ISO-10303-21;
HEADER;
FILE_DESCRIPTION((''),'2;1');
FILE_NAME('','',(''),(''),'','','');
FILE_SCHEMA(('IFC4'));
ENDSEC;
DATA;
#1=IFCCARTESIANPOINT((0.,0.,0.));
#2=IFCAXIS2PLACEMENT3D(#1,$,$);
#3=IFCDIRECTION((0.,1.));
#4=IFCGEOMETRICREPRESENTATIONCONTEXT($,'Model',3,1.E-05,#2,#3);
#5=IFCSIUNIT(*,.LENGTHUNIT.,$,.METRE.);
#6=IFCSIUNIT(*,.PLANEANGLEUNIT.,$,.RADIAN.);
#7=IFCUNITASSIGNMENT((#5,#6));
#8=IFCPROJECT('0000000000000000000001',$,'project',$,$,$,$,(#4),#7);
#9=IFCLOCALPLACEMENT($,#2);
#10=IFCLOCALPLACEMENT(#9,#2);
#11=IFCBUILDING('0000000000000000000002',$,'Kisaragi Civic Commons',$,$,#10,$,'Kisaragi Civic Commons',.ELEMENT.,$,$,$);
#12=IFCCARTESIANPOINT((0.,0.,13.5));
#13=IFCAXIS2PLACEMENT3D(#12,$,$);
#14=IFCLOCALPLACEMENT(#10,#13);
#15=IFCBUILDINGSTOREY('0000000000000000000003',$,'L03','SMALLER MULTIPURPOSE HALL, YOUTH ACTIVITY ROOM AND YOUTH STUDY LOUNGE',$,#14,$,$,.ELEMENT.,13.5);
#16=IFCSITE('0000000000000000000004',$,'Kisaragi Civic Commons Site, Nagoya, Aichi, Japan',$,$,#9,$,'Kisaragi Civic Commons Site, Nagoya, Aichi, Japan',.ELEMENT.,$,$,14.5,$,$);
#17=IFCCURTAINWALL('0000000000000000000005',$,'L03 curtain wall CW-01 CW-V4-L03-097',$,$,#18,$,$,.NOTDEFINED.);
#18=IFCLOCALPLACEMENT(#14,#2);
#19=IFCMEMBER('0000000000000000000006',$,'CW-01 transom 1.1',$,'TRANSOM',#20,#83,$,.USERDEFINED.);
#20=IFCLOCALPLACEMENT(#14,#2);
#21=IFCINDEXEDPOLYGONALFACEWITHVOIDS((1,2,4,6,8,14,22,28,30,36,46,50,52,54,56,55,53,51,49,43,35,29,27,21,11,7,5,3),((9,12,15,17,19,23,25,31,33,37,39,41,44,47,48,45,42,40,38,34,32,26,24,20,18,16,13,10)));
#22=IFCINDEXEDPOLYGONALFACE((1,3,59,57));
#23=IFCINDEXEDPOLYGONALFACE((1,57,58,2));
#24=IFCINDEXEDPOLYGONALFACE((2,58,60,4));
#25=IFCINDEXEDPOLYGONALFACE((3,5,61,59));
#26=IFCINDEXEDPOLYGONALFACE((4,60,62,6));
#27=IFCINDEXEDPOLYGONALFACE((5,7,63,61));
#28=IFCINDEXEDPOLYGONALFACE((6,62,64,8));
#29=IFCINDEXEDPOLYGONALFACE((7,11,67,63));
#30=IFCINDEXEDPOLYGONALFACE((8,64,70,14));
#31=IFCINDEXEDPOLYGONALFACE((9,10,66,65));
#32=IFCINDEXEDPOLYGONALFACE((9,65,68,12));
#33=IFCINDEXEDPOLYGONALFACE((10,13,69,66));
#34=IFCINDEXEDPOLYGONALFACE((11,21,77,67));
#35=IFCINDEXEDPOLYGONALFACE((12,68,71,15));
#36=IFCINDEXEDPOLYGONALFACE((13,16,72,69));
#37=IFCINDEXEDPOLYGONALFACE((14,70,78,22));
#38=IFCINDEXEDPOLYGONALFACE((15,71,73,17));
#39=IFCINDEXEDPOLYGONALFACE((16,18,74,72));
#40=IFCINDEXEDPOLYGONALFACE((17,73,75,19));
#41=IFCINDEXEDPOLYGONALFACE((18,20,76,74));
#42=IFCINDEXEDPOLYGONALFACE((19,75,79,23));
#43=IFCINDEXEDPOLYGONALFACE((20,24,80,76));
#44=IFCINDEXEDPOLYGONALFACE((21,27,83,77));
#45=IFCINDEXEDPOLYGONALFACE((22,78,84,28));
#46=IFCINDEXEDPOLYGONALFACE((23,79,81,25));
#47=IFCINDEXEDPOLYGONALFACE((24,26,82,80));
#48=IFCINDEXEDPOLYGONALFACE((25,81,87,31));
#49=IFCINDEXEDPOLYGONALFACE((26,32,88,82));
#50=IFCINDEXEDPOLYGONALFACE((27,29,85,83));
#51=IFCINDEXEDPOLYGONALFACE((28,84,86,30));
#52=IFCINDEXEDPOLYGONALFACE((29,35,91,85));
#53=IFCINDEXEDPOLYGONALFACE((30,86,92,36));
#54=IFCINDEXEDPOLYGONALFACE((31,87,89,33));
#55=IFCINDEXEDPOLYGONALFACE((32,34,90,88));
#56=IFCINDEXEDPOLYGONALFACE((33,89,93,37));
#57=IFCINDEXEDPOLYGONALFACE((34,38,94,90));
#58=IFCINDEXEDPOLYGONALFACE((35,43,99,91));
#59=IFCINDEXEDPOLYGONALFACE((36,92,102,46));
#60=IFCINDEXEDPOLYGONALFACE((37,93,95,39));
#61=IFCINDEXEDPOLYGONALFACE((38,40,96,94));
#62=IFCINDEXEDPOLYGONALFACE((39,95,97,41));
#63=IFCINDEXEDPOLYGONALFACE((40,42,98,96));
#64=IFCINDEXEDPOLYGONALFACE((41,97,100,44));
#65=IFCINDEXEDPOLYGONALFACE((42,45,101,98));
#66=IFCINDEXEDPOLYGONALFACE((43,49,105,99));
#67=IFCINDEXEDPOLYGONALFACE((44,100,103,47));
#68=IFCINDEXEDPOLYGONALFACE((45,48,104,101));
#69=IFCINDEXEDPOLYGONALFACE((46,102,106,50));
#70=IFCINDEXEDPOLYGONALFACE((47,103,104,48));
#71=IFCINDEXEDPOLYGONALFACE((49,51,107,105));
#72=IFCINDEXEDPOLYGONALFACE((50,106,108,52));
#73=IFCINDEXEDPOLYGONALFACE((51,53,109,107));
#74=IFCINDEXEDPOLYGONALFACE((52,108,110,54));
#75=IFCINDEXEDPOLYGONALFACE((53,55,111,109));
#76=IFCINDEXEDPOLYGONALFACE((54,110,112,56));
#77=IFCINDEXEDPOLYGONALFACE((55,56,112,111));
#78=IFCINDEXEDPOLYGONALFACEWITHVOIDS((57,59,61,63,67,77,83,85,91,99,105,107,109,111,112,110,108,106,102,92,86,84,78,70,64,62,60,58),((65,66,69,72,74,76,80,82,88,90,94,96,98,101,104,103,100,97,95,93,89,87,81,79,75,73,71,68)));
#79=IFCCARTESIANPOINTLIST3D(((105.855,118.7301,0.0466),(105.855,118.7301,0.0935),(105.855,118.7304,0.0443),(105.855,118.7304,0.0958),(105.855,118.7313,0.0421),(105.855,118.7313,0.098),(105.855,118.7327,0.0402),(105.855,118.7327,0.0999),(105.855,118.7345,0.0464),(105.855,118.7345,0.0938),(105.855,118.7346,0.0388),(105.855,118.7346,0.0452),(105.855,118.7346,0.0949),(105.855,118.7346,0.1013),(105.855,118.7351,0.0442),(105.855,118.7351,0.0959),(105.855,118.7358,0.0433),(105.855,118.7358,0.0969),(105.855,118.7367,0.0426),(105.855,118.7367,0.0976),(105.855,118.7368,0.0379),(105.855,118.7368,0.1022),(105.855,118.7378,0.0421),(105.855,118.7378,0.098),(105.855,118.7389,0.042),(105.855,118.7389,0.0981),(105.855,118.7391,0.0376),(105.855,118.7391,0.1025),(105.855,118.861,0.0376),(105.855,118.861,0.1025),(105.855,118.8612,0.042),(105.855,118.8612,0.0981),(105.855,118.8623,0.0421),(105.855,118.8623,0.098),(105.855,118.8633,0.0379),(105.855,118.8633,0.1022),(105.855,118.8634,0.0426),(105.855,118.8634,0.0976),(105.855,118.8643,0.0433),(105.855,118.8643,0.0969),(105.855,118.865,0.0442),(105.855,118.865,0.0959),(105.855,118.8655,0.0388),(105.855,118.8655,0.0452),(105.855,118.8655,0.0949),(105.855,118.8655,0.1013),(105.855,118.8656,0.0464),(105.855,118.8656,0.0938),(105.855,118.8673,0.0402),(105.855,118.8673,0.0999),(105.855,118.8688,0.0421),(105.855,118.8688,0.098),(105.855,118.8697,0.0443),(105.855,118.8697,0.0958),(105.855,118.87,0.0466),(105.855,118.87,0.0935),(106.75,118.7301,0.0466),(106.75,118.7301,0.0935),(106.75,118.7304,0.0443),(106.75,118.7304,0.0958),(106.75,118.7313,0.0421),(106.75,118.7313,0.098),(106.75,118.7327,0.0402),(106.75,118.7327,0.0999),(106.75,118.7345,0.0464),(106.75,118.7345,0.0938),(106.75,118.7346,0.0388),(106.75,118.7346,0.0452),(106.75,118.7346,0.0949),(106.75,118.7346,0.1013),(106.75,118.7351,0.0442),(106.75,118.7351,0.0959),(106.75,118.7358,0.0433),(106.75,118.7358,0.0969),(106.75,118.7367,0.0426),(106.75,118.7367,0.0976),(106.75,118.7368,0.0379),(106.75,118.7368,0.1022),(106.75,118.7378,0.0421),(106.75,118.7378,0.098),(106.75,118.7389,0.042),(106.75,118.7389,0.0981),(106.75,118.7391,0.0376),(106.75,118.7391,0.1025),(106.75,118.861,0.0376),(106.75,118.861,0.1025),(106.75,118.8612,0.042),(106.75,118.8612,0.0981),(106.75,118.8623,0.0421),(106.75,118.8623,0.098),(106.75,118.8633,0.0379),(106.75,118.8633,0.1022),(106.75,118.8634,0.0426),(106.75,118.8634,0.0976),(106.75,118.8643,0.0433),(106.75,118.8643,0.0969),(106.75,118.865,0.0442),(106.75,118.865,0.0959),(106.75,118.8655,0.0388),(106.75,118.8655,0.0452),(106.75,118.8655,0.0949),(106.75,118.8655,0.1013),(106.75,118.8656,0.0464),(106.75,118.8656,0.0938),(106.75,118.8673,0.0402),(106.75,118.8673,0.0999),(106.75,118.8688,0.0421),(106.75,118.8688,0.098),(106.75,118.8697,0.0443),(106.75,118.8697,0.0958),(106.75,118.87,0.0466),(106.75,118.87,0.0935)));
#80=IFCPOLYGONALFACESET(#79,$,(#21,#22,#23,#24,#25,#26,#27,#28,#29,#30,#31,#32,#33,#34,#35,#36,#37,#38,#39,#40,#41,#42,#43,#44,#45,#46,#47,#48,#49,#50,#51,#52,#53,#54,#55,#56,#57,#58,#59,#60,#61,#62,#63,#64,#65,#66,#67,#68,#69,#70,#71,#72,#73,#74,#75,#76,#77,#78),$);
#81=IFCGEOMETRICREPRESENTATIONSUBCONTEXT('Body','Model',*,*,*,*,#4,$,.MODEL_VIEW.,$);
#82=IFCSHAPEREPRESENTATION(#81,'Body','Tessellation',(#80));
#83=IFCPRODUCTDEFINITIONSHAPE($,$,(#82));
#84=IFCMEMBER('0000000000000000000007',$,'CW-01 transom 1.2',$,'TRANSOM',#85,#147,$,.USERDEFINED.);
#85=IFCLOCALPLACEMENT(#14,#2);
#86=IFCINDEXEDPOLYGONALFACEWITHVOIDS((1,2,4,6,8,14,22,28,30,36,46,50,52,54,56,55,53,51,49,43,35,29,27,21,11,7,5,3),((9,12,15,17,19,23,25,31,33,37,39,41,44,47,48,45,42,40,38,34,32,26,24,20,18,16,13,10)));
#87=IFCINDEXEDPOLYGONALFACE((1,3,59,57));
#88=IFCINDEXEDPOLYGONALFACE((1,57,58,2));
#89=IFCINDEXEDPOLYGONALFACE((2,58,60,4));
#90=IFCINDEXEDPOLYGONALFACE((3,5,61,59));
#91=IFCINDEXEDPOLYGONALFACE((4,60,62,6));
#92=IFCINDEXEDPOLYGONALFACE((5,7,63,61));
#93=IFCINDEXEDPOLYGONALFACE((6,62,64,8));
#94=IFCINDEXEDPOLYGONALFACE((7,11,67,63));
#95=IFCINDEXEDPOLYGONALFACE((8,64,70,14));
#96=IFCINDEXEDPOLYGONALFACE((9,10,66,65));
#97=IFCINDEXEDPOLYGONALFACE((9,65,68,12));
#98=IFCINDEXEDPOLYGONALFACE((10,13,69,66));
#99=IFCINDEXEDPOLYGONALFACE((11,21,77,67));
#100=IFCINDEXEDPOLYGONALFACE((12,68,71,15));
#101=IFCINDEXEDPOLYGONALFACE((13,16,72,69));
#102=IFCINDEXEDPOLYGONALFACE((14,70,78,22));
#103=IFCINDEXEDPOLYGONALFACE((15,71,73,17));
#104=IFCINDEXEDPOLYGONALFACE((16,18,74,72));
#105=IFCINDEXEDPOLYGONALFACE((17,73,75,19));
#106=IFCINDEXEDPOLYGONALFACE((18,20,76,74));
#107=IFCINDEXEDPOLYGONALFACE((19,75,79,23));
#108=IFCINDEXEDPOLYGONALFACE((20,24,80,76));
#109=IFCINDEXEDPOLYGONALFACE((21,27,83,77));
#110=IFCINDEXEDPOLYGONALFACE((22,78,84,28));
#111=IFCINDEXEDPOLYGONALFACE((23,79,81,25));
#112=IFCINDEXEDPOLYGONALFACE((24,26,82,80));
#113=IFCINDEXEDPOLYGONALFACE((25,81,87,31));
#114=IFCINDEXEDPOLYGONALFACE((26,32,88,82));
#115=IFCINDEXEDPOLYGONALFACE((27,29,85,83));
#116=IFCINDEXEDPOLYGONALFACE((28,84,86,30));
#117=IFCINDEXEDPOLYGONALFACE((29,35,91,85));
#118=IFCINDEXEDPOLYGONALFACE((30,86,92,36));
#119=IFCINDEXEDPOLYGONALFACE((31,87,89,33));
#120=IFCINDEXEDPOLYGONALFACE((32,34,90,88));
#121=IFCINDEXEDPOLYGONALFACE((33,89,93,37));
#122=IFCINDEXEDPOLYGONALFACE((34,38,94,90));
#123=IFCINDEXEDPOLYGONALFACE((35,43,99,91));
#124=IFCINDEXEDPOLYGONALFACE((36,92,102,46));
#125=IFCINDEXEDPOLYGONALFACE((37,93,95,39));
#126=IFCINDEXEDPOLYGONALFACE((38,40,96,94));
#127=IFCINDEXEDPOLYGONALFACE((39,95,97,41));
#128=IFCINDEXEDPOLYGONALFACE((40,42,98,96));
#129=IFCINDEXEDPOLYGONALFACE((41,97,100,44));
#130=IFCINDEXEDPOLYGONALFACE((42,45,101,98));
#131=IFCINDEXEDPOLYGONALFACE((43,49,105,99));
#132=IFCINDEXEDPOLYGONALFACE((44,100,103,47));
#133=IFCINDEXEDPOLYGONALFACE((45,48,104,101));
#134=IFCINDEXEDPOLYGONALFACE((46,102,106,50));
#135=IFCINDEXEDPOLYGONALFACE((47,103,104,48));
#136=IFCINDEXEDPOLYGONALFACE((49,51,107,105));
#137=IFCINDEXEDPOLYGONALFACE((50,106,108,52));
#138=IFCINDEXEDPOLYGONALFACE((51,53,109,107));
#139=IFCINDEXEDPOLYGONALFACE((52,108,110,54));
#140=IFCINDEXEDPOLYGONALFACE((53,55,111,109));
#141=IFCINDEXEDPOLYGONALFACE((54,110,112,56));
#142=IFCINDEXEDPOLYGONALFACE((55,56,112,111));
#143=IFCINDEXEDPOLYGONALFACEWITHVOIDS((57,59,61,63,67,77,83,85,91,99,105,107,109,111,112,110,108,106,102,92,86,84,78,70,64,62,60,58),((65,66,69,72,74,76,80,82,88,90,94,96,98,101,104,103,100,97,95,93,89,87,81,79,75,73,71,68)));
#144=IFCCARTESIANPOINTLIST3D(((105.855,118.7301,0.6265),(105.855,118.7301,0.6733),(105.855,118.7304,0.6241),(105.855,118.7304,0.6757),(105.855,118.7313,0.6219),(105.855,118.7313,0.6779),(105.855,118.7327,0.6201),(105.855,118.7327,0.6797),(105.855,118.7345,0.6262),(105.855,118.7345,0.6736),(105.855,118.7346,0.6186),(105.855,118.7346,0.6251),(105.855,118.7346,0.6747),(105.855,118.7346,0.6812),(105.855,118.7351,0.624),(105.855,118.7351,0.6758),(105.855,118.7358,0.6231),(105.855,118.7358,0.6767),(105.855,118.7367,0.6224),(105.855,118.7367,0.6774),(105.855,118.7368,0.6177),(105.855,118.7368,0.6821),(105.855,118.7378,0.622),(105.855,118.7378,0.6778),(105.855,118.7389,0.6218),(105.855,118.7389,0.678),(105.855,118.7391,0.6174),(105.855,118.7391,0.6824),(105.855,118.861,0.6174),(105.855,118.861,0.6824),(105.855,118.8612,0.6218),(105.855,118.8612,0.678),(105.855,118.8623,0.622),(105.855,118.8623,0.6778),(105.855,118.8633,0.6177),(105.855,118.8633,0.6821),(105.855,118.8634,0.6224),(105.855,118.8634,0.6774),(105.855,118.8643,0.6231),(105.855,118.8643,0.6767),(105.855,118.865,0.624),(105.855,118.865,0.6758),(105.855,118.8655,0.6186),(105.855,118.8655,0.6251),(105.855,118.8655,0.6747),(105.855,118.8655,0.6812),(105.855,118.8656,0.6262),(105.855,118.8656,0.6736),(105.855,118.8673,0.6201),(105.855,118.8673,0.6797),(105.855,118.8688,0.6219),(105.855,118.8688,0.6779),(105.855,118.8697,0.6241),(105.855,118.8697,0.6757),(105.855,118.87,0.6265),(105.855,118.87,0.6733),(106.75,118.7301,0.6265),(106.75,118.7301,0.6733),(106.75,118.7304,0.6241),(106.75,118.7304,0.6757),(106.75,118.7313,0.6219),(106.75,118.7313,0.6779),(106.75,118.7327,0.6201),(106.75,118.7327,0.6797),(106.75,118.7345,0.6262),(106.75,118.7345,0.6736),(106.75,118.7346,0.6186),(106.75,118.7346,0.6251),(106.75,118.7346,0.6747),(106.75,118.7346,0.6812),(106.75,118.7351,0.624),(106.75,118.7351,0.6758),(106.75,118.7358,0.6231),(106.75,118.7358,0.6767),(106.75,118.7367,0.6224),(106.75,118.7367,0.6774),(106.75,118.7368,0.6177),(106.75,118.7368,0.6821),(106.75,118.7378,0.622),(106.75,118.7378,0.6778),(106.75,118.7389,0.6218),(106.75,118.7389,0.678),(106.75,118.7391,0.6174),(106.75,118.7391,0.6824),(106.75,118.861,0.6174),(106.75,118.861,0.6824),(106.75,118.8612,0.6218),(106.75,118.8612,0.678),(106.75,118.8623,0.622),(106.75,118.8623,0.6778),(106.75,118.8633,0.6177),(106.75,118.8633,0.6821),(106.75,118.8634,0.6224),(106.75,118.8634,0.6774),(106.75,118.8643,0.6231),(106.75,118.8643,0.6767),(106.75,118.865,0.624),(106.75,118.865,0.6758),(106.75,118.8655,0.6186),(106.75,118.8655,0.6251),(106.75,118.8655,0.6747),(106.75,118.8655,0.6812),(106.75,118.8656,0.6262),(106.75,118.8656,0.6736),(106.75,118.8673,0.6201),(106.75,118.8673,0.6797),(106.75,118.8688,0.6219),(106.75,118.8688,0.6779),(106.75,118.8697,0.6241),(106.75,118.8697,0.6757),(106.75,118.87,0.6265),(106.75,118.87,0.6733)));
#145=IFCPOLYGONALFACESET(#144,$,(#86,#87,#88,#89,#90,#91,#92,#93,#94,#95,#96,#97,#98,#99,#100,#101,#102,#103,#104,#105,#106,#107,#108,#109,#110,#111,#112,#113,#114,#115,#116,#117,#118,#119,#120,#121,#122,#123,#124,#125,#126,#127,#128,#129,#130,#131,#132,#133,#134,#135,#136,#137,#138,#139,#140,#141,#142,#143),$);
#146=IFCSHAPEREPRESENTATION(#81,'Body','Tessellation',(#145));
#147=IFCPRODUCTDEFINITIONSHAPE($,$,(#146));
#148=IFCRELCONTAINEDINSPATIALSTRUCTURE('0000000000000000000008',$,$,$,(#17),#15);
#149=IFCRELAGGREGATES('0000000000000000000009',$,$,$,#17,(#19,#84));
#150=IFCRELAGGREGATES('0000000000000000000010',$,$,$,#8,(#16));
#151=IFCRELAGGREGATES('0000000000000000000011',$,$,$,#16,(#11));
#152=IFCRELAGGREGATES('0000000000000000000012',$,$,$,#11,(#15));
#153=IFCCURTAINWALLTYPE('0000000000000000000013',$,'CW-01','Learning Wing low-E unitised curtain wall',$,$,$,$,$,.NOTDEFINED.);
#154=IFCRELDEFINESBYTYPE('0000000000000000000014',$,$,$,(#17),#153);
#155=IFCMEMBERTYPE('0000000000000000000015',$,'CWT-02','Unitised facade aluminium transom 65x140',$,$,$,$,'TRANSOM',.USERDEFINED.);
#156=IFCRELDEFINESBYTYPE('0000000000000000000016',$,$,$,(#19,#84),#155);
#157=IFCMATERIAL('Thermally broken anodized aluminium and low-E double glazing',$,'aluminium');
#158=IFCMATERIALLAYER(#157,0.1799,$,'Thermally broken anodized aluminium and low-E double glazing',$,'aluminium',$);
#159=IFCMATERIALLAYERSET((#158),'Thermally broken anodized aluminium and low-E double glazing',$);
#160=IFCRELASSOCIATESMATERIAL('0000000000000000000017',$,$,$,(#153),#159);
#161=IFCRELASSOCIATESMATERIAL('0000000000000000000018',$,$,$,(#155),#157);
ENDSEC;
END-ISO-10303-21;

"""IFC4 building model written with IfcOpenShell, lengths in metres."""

from ifc_helpers import new_model, si_unit, direction, frame, origin, origin_2d, place, context, subcontext, project, spatial, hollow_rectangle, extrude, material, layer, layer_set, material_profile, profile_set, type_object, element, aggregate, save


model = new_model("IFC4")

# Units and contexts
model_context = context("Model", 3, precision=1e-05, world=origin(), true_north=direction((0.0, 1.0)))
body_context = subcontext(model_context, "Body", "Model", "MODEL_VIEW")
ifc_project = project(units=[si_unit("LENGTHUNIT", "METRE"), si_unit("PLANEANGLEUNIT", "RADIAN")], contexts=[model_context])

# Site, building, storey
site_placement = place(None, origin())
site = spatial("IfcSite", under=ifc_project, at=site_placement, Name="Kisaragi Civic Commons Site, Nagoya, Aichi, Japan", LongName="Kisaragi Civic Commons Site, Nagoya, Aichi, Japan", CompositionType="ELEMENT", RefElevation=14.5)
building_placement = place(site_placement, origin())
building = spatial("IfcBuilding", under=site, at=building_placement, Name="Kisaragi Civic Commons", LongName="Kisaragi Civic Commons", CompositionType="ELEMENT")
storey_placement = place(building_placement, frame((0.0, 0.0, 13.5)))
storey = spatial("IfcBuildingStorey", under=building, at=storey_placement, Name="L03", Description="SMALLER MULTIPURPOSE HALL, YOUTH ACTIVITY ROOM AND YOUTH STUDY LOUNGE", CompositionType="ELEMENT", Elevation=13.5)

# Shared definitions
ifc_material_1 = material(Name="Thermally broken anodized aluminium and low-E double glazing", Category="aluminium")
ifc_layer_1 = layer(ifc_material_1, 0.1799, Name="Thermally broken anodized aluminium and low-E double glazing", Category="aluminium")
ifc_layer_set_1 = layer_set([ifc_layer_1], Name="Thermally broken anodized aluminium and low-E double glazing")
curtain_wall_type = type_object("IfcCurtainWallType", Name="CW-01", Description="Learning Wing low-E unitised curtain wall", PredefinedType="NOTDEFINED", material=ifc_layer_set_1)

# Curtain wall
curtain_wall_1_placement = place(storey_placement, origin())
curtain_wall_1 = element("IfcCurtainWall", 1, at=curtain_wall_1_placement, inside=storey, type_object=curtain_wall_type, Name="L03 curtain wall CW-01 CW-V4-L03-097", PredefinedType="NOTDEFINED")

# Members
ifc_material_profile_1 = material_profile(ifc_material_1, hollow_rectangle(XDim=0.1399, YDim=0.0649, WallThickness=0.0044, InnerFilletRadius=0.0044, OuterFilletRadius=0.009, at=origin_2d()), Name="CWT-65x140x4.5", Category="aluminium")
ifc_profile_set_1 = profile_set([ifc_material_profile_1], Name="Thermally broken anodized aluminium and low-E double glazing")
member_type_1 = type_object("IfcMemberType", Name="CWT-02", Description="Unitised facade aluminium transom 65x140", ElementType="TRANSOM", PredefinedType="USERDEFINED", material=ifc_profile_set_1)
member_1_placement = place(storey_placement, frame((105.855, 118.8, 0.0701), z_axis=(1.0, 0.0, 0.0), x_axis=(0.0, 1.0, 0.0)))
member_1 = element("IfcMember", 2, at=member_1_placement, type_object=member_type_1, Name="CW-01 transom 1.1", ObjectType="TRANSOM", PredefinedType="USERDEFINED", context=body_context, shape_type="SweptSolid", body=[
    extrude(hollow_rectangle(XDim=0.1399, YDim=0.0649, WallThickness=0.0044, InnerFilletRadius=0.0044, OuterFilletRadius=0.009, at=origin_2d()), origin(), (0.0, 0.0, 1.0), 0.895),
])
member_2_placement = place(storey_placement, frame((105.855, 118.8, 0.6499), z_axis=(1.0, 0.0, 0.0), x_axis=(0.0, 1.0, 0.0)))
member_2 = element("IfcMember", 3, at=member_2_placement, type_object=member_type_1, Name="CW-01 transom 1.2", ObjectType="TRANSOM", PredefinedType="USERDEFINED", context=body_context, shape_type="SweptSolid", body=[
    extrude(hollow_rectangle(XDim=0.1399, YDim=0.0649, WallThickness=0.0044, InnerFilletRadius=0.0044, OuterFilletRadius=0.009, at=origin_2d()), origin(), (0.0, 0.0, 1.0), 0.895),
])

aggregate(curtain_wall_1, [member_1, member_2])

save(model, "model.ifc")
